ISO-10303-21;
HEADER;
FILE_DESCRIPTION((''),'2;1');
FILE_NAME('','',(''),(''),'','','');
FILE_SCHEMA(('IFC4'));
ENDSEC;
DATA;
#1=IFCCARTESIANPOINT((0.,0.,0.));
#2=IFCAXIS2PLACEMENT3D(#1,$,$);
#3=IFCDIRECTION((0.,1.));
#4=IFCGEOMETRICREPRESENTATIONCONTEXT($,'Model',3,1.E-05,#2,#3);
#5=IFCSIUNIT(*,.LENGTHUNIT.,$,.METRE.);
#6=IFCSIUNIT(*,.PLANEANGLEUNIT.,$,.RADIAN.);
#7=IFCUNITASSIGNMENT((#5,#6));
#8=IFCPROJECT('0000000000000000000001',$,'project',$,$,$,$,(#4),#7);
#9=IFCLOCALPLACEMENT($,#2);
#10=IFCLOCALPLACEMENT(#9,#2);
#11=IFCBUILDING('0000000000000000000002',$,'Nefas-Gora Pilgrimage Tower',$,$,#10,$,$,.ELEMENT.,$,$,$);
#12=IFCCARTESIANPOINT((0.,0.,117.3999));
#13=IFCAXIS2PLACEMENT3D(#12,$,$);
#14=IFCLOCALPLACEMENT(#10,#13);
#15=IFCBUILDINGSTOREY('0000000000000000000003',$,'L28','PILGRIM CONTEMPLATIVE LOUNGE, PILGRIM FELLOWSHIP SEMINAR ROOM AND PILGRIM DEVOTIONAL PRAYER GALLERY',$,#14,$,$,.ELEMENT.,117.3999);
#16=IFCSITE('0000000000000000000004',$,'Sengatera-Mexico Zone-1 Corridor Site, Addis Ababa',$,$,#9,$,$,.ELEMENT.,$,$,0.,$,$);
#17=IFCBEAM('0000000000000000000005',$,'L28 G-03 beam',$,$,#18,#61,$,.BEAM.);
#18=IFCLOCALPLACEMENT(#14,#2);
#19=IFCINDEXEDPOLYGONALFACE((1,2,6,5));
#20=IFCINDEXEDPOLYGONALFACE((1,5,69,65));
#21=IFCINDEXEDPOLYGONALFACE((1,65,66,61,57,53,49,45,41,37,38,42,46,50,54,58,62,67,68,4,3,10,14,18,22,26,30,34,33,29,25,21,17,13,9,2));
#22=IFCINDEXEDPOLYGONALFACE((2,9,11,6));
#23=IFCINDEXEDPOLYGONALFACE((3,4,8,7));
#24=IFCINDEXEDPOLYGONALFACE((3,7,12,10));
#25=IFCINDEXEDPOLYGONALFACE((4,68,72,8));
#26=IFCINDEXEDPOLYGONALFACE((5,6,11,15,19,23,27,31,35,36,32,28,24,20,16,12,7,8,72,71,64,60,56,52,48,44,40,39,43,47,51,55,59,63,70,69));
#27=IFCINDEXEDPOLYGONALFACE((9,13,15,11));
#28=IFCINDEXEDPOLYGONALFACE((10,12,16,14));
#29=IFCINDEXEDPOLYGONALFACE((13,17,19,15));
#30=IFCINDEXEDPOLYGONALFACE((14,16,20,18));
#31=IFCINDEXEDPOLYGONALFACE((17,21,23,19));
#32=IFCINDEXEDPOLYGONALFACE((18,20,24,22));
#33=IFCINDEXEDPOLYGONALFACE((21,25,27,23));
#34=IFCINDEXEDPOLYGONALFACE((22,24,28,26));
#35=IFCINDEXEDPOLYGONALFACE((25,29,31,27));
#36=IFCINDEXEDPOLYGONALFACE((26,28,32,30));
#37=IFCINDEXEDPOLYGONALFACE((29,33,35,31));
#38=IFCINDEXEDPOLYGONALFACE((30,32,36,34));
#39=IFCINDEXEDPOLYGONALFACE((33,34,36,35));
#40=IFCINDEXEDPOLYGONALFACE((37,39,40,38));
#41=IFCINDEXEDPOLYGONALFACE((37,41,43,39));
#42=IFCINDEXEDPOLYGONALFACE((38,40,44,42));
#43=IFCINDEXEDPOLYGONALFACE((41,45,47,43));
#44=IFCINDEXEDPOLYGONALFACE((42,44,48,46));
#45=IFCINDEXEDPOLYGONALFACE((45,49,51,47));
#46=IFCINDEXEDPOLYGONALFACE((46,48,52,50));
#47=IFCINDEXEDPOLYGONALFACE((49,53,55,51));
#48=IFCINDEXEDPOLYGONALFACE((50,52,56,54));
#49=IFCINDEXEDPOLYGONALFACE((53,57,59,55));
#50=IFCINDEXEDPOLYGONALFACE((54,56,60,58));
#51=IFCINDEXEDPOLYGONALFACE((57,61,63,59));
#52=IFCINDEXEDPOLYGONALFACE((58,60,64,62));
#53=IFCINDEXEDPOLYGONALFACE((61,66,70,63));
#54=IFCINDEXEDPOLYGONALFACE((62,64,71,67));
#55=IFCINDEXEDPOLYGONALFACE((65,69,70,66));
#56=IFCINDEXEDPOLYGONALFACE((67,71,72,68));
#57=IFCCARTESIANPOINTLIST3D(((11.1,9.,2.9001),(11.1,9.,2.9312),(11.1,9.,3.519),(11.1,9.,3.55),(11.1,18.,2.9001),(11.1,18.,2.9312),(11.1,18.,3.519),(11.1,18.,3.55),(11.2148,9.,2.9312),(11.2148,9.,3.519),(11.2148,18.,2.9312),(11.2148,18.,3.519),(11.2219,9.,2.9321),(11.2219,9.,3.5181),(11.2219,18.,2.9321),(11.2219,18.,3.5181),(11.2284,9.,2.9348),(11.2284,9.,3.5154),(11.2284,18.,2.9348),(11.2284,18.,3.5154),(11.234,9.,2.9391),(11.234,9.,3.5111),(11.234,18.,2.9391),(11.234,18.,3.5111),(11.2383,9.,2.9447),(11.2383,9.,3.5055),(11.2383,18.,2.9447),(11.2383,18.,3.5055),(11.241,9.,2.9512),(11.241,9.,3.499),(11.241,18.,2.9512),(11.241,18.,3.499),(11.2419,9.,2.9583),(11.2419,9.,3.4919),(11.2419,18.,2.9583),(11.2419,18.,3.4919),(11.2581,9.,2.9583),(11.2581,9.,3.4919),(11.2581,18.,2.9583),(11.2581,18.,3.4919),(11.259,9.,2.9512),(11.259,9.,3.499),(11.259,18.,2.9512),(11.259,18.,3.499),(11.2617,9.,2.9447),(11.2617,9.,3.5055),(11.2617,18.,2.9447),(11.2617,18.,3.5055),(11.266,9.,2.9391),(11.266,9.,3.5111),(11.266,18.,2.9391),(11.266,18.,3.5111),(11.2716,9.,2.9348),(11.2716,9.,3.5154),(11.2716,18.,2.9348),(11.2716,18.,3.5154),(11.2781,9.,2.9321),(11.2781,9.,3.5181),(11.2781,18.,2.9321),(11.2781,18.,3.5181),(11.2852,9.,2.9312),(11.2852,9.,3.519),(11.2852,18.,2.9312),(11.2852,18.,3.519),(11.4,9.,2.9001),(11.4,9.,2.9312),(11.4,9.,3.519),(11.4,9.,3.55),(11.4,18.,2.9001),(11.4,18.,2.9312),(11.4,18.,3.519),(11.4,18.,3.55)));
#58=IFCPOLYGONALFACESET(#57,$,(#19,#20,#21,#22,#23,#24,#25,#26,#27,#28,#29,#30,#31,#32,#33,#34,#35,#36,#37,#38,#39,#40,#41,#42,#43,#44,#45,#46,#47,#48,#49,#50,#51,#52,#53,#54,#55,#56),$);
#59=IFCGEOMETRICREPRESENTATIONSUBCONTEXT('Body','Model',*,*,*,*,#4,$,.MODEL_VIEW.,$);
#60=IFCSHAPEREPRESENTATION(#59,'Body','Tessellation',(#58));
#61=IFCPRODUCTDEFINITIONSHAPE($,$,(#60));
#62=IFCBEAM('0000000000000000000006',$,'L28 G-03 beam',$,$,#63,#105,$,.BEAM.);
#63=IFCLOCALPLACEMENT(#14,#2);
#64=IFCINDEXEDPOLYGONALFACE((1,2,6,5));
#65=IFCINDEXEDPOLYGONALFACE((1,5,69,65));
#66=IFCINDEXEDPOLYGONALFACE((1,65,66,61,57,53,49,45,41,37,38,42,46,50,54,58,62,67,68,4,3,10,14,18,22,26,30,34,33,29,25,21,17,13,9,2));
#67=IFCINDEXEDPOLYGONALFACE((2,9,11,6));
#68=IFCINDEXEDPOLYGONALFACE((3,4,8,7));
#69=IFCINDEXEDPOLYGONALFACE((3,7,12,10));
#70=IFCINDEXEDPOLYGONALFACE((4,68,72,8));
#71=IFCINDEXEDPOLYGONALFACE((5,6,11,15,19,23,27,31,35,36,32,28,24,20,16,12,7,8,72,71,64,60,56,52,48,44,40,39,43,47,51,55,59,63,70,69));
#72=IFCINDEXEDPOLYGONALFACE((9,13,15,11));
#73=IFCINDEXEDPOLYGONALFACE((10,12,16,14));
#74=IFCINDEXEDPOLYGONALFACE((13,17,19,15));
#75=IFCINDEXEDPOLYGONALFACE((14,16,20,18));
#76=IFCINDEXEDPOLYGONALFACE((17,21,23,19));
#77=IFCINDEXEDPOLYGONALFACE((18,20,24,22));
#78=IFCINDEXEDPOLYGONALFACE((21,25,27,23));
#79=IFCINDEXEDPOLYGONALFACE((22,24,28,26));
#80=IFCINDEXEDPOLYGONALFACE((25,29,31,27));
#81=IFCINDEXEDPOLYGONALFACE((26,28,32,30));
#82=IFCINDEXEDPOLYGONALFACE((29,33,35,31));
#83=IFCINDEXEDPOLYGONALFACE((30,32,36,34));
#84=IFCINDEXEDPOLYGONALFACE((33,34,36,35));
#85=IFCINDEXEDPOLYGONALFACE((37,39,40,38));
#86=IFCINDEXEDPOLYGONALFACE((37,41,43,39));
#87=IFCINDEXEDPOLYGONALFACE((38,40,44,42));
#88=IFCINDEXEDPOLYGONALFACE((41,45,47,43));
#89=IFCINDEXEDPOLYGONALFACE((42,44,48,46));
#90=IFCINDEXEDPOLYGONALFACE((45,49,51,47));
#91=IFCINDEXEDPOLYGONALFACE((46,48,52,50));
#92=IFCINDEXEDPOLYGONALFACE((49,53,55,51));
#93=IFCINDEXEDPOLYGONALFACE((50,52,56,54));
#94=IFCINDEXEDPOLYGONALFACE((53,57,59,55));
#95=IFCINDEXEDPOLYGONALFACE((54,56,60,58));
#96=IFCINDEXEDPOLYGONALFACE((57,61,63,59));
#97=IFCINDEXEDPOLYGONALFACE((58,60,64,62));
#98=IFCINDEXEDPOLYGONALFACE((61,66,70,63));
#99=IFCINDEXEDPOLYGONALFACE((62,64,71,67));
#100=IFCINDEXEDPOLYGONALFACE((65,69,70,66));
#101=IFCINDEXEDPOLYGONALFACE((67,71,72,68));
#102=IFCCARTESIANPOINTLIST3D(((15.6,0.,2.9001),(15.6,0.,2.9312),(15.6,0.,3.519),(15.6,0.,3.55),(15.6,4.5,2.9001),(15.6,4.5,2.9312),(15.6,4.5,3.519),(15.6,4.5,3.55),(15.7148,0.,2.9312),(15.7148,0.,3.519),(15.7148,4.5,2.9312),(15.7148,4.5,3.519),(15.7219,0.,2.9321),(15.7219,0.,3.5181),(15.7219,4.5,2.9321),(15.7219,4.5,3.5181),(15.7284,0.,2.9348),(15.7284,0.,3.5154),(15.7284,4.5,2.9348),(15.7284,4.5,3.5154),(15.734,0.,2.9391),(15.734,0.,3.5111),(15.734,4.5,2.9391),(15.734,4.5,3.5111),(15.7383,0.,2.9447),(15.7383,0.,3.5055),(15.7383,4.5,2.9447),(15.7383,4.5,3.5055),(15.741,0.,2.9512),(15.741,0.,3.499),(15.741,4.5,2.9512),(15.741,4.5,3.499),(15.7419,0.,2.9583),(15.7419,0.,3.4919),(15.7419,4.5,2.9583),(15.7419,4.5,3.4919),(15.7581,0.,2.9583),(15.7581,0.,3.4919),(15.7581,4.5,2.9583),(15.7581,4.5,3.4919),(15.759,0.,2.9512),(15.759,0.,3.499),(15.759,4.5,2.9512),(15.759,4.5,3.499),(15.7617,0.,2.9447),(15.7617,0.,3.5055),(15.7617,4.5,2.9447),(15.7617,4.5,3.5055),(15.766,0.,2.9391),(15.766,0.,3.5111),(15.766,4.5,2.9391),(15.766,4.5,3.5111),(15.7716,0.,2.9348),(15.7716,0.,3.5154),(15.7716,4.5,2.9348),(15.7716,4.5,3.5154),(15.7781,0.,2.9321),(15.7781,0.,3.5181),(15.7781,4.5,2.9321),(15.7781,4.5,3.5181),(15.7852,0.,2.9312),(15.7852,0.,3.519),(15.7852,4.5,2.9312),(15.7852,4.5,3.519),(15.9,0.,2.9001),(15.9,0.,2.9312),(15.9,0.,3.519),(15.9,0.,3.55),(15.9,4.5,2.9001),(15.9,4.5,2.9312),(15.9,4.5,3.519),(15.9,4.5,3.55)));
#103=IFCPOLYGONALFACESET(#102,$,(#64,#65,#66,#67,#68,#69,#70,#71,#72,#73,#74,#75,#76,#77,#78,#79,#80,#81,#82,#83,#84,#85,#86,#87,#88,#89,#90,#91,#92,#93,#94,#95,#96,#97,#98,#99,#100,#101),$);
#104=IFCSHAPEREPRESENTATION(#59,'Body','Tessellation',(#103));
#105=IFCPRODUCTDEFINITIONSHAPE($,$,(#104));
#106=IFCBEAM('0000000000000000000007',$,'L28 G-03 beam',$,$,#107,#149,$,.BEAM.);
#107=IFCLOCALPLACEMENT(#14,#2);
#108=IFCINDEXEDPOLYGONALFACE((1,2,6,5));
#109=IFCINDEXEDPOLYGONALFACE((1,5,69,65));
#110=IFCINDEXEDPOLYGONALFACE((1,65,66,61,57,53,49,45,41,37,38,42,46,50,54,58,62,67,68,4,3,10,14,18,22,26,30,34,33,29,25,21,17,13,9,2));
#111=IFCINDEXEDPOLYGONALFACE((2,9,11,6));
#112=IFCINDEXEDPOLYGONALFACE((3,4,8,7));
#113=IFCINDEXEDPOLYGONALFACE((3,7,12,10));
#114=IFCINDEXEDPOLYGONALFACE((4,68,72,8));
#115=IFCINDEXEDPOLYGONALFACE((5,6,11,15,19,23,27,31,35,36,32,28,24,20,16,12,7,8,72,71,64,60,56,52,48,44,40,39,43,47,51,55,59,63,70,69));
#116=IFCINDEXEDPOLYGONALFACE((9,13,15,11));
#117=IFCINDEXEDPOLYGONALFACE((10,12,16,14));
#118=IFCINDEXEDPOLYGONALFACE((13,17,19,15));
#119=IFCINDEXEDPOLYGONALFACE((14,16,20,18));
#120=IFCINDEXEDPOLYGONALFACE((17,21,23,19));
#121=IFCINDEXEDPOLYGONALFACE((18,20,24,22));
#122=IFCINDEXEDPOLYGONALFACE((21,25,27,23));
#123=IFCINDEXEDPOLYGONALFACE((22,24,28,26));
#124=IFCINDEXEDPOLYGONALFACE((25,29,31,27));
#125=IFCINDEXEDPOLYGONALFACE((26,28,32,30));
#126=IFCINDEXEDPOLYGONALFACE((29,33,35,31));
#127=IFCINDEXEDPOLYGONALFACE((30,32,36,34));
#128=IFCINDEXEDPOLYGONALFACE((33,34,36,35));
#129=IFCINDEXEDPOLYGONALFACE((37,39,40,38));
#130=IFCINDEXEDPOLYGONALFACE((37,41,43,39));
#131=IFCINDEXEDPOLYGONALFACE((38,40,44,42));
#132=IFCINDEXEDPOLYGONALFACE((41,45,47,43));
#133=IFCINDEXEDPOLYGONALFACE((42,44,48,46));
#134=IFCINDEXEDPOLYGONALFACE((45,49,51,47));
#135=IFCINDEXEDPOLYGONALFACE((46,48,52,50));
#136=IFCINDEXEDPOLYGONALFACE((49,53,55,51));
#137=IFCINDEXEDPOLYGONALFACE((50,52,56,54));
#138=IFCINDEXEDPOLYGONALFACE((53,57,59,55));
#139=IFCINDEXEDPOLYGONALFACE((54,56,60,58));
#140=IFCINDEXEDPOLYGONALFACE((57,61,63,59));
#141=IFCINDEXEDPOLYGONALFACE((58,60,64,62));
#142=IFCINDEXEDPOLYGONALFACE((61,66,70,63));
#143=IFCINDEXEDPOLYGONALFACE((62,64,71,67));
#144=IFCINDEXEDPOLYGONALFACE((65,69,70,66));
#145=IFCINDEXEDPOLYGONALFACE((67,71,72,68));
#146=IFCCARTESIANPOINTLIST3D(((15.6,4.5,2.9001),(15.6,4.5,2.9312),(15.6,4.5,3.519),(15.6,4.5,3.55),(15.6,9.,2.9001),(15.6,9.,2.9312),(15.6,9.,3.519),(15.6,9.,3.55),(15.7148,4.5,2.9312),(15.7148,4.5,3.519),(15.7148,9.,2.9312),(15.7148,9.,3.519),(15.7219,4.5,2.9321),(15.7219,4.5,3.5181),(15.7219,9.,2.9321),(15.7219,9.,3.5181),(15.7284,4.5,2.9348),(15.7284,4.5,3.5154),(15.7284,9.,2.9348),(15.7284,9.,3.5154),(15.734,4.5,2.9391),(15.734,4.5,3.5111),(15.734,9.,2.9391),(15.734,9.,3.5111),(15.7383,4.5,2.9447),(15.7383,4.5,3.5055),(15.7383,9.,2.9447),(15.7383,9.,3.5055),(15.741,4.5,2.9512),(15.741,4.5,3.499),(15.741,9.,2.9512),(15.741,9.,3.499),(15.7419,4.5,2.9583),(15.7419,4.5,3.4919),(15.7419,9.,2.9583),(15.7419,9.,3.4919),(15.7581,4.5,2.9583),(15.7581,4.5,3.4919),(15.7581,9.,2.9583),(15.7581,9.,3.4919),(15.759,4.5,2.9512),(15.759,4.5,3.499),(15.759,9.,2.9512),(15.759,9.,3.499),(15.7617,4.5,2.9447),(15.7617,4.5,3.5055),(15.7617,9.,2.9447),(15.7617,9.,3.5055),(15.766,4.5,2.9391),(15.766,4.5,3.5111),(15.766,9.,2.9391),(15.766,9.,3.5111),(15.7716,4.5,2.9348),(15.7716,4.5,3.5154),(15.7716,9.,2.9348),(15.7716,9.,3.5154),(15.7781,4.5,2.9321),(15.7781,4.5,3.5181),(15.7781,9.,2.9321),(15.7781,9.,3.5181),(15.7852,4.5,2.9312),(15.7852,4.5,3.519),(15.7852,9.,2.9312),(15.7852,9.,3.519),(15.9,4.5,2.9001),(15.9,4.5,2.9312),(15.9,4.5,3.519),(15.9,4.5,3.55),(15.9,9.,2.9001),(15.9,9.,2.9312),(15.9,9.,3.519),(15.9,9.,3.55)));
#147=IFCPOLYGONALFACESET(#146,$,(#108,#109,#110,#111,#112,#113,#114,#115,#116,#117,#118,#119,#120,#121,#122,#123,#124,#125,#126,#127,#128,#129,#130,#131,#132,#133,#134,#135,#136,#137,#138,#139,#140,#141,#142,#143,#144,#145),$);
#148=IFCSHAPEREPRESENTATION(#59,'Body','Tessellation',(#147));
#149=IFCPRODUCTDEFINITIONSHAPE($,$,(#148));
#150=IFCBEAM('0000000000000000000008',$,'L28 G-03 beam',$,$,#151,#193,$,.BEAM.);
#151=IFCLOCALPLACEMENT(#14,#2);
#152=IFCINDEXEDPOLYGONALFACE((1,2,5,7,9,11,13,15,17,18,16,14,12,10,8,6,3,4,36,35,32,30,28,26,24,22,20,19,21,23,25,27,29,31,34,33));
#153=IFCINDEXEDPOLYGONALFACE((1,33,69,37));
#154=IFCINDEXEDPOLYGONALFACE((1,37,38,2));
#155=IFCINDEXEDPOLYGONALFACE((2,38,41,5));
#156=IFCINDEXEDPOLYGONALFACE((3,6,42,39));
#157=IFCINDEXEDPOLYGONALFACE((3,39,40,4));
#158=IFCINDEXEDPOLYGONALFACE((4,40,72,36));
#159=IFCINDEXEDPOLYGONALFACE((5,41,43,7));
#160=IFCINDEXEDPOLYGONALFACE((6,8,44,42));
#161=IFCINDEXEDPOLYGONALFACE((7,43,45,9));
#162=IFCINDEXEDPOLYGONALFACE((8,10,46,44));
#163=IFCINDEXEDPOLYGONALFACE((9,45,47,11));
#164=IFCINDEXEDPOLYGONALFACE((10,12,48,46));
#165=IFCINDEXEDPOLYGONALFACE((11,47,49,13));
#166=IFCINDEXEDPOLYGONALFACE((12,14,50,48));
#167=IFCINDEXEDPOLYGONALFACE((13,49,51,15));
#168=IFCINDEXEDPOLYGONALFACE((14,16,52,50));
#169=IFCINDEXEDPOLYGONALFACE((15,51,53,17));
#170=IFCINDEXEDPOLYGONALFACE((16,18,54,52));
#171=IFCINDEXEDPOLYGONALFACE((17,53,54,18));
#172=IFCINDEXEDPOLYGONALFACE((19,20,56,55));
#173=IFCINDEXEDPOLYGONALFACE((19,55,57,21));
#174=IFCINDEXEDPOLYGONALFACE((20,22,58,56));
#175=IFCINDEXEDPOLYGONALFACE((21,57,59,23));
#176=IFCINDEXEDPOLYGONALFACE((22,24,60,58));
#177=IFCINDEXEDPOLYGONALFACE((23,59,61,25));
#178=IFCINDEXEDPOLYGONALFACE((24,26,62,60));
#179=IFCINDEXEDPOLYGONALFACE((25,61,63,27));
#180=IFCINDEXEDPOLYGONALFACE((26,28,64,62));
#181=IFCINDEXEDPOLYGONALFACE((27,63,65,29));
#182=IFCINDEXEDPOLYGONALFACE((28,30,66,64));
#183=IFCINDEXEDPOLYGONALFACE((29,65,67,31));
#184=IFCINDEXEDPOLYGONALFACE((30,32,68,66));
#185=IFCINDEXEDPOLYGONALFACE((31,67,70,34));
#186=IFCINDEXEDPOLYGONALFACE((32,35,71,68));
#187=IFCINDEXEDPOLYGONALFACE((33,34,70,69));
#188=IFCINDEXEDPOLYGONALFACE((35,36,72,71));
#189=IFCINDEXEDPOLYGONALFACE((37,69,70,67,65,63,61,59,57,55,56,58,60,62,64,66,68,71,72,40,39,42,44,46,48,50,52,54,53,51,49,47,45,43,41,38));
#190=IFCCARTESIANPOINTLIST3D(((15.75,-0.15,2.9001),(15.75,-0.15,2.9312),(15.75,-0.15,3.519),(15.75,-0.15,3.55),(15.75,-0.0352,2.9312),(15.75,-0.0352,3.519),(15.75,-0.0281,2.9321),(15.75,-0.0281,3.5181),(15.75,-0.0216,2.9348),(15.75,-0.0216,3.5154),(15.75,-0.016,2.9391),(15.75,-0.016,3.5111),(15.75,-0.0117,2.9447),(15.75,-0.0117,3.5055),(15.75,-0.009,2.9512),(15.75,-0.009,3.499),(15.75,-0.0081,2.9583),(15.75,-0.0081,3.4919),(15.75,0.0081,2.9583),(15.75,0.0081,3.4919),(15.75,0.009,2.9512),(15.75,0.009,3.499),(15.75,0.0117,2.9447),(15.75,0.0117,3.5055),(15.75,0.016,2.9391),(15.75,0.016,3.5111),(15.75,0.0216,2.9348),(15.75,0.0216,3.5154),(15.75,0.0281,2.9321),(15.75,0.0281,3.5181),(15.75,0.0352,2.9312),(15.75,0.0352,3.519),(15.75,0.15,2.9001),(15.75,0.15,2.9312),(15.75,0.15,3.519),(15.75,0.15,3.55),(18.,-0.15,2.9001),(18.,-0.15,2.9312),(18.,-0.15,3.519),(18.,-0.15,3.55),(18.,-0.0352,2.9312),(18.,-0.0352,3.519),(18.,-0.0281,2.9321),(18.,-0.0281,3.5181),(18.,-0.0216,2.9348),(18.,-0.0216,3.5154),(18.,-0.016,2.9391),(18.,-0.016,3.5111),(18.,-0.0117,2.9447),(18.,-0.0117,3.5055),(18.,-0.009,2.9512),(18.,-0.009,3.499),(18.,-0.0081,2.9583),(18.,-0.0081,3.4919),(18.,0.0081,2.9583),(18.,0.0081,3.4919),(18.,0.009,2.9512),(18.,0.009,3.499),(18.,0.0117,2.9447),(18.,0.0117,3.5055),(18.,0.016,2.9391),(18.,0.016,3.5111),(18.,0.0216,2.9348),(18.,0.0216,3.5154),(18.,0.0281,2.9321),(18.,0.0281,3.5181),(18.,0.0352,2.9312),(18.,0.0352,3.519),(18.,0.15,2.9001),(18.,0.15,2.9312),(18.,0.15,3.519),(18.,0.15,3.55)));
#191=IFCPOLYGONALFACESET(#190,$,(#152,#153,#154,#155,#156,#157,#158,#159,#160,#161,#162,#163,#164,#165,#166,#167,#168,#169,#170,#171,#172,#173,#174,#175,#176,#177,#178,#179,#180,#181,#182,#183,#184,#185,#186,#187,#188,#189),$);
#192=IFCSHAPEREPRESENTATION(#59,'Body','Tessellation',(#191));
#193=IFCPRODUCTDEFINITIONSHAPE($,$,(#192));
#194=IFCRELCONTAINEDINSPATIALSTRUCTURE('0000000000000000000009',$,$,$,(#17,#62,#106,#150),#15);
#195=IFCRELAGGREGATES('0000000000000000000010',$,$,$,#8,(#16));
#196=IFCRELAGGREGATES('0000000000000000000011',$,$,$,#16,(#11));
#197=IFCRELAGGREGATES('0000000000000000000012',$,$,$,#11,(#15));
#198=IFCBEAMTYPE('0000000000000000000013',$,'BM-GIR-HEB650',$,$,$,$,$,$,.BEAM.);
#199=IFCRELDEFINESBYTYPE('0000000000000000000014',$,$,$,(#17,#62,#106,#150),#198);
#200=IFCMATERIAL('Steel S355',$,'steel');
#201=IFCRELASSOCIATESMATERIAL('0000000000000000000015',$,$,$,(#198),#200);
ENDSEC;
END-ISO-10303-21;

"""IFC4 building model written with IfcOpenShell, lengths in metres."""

from ifc_helpers import new_model, si_unit, direction, frame, origin, origin_2d, place, context, subcontext, project, spatial, i_section, extrude, source, transform, mapped, material, material_profile, profile_set, type_object, element, save


model = new_model("IFC4")

# Units and contexts
model_context = context("Model", 3, precision=1e-05, world=origin(), true_north=direction((0.0, 1.0)))
body_context = subcontext(model_context, "Body", "Model", "MODEL_VIEW")
ifc_project = project(units=[si_unit("LENGTHUNIT", "METRE"), si_unit("PLANEANGLEUNIT", "RADIAN")], contexts=[model_context])

# Site, building, storey
site_placement = place(None, origin())
site = spatial("IfcSite", under=ifc_project, at=site_placement, Name="Sengatera-Mexico Zone-1 Corridor Site, Addis Ababa", CompositionType="ELEMENT", RefElevation=0.0)
building_placement = place(site_placement, origin())
building = spatial("IfcBuilding", under=site, at=building_placement, Name="Nefas-Gora Pilgrimage Tower", CompositionType="ELEMENT")
storey_placement = place(building_placement, frame((0.0, 0.0, 117.3999)))
storey = spatial("IfcBuildingStorey", under=building, at=storey_placement, Name="L28", Description="PILGRIM CONTEMPLATIVE LOUNGE, PILGRIM FELLOWSHIP SEMINAR ROOM AND PILGRIM DEVOTIONAL PRAYER GALLERY", CompositionType="ELEMENT", Elevation=117.3999)

# Beams
ifc_material_1 = material(Name="Steel S355", Category="steel")
ifc_material_profile_1 = material_profile(ifc_material_1, i_section(OverallWidth=0.3, OverallDepth=0.6499, WebThickness=0.0161, FlangeThickness=0.031, FilletRadius=0.0271, at=origin_2d()), Name="HEB 650")
ifc_profile_set_1 = profile_set([ifc_material_profile_1], Name="Steel S355")
beam_type = type_object("IfcBeamType", Name="BM-GIR-HEB650", PredefinedType="BEAM", material=ifc_profile_set_1)
shared_shape_1 = source(origin(), body_context, "Body", "SweptSolid", [
    extrude(i_section(OverallWidth=0.3, OverallDepth=0.6499, WebThickness=0.0161, FlangeThickness=0.031, FilletRadius=0.0271, at=origin_2d()), origin(), (0.0, 0.0, 1.0), 9.0),
])
beam_placement = place(storey_placement, frame((11.25, 9.0, 3.2251), z_axis=(0.0, 1.0, 0.0), x_axis=(-1.0, 0.0, 0.0)))
element("IfcBeam", 1, at=beam_placement, inside=storey, type_object=beam_type, Name="L28 G-03 beam", PredefinedType="BEAM", context=body_context, shape_type="MappedRepresentation", body=[
    mapped(shared_shape_1, transform((0.0, 0.0, 0.0), x_axis=(1.0, 0.0, 0.0), y_axis=(0.0, 1.0, 0.0), z_axis=(0.0, 0.0, 1.0), scale=1.0)),
])
shared_shape_2 = source(origin(), body_context, "Body", "SweptSolid", [
    extrude(i_section(OverallWidth=0.3, OverallDepth=0.6499, WebThickness=0.0161, FlangeThickness=0.031, FilletRadius=0.0271, at=origin_2d()), origin(), (0.0, 0.0, 1.0), 4.5),
])
for number, where, z_axis, x_axis, name in (
    (2, (15.75, 0.0, 3.2251), (0.0, 1.0, 0.0), (-1.0, 0.0, 0.0), "L28 G-03 beam"),
    (3, (15.75, 4.5, 3.2251), (0.0, 1.0, 0.0), (-1.0, 0.0, 0.0), "L28 G-03 beam"),
):
    element("IfcBeam", number, at=place(storey_placement, frame(where, z_axis=z_axis, x_axis=x_axis)), inside=storey, type_object=beam_type, Name=name, PredefinedType="BEAM", context=body_context, shape_type="MappedRepresentation", body=[
        mapped(shared_shape_2, transform((0.0, 0.0, 0.0), x_axis=(1.0, 0.0, 0.0), y_axis=(0.0, 1.0, 0.0), z_axis=(0.0, 0.0, 1.0), scale=1.0)),
    ])
shared_shape_3 = source(origin(), body_context, "Body", "SweptSolid", [
    extrude(i_section(OverallWidth=0.3, OverallDepth=0.6499, WebThickness=0.0161, FlangeThickness=0.031, FilletRadius=0.0271, at=origin_2d()), origin(), (0.0, 0.0, 1.0), 2.25),
])
for number, where, z_axis, x_axis, name in (
    (4, (15.75, 0.0, 3.2251), (1.0, 0.0, 0.0), (0.0, 1.0, 0.0), "L28 G-03 beam"),
):
    element("IfcBeam", number, at=place(storey_placement, frame(where, z_axis=z_axis, x_axis=x_axis)), inside=storey, type_object=beam_type, Name=name, PredefinedType="BEAM", context=body_context, shape_type="MappedRepresentation", body=[
        mapped(shared_shape_3, transform((0.0, 0.0, 0.0), x_axis=(1.0, 0.0, 0.0), y_axis=(0.0, 1.0, 0.0), z_axis=(0.0, 0.0, 1.0), scale=1.0)),
    ])

save(model, "model.ifc")
